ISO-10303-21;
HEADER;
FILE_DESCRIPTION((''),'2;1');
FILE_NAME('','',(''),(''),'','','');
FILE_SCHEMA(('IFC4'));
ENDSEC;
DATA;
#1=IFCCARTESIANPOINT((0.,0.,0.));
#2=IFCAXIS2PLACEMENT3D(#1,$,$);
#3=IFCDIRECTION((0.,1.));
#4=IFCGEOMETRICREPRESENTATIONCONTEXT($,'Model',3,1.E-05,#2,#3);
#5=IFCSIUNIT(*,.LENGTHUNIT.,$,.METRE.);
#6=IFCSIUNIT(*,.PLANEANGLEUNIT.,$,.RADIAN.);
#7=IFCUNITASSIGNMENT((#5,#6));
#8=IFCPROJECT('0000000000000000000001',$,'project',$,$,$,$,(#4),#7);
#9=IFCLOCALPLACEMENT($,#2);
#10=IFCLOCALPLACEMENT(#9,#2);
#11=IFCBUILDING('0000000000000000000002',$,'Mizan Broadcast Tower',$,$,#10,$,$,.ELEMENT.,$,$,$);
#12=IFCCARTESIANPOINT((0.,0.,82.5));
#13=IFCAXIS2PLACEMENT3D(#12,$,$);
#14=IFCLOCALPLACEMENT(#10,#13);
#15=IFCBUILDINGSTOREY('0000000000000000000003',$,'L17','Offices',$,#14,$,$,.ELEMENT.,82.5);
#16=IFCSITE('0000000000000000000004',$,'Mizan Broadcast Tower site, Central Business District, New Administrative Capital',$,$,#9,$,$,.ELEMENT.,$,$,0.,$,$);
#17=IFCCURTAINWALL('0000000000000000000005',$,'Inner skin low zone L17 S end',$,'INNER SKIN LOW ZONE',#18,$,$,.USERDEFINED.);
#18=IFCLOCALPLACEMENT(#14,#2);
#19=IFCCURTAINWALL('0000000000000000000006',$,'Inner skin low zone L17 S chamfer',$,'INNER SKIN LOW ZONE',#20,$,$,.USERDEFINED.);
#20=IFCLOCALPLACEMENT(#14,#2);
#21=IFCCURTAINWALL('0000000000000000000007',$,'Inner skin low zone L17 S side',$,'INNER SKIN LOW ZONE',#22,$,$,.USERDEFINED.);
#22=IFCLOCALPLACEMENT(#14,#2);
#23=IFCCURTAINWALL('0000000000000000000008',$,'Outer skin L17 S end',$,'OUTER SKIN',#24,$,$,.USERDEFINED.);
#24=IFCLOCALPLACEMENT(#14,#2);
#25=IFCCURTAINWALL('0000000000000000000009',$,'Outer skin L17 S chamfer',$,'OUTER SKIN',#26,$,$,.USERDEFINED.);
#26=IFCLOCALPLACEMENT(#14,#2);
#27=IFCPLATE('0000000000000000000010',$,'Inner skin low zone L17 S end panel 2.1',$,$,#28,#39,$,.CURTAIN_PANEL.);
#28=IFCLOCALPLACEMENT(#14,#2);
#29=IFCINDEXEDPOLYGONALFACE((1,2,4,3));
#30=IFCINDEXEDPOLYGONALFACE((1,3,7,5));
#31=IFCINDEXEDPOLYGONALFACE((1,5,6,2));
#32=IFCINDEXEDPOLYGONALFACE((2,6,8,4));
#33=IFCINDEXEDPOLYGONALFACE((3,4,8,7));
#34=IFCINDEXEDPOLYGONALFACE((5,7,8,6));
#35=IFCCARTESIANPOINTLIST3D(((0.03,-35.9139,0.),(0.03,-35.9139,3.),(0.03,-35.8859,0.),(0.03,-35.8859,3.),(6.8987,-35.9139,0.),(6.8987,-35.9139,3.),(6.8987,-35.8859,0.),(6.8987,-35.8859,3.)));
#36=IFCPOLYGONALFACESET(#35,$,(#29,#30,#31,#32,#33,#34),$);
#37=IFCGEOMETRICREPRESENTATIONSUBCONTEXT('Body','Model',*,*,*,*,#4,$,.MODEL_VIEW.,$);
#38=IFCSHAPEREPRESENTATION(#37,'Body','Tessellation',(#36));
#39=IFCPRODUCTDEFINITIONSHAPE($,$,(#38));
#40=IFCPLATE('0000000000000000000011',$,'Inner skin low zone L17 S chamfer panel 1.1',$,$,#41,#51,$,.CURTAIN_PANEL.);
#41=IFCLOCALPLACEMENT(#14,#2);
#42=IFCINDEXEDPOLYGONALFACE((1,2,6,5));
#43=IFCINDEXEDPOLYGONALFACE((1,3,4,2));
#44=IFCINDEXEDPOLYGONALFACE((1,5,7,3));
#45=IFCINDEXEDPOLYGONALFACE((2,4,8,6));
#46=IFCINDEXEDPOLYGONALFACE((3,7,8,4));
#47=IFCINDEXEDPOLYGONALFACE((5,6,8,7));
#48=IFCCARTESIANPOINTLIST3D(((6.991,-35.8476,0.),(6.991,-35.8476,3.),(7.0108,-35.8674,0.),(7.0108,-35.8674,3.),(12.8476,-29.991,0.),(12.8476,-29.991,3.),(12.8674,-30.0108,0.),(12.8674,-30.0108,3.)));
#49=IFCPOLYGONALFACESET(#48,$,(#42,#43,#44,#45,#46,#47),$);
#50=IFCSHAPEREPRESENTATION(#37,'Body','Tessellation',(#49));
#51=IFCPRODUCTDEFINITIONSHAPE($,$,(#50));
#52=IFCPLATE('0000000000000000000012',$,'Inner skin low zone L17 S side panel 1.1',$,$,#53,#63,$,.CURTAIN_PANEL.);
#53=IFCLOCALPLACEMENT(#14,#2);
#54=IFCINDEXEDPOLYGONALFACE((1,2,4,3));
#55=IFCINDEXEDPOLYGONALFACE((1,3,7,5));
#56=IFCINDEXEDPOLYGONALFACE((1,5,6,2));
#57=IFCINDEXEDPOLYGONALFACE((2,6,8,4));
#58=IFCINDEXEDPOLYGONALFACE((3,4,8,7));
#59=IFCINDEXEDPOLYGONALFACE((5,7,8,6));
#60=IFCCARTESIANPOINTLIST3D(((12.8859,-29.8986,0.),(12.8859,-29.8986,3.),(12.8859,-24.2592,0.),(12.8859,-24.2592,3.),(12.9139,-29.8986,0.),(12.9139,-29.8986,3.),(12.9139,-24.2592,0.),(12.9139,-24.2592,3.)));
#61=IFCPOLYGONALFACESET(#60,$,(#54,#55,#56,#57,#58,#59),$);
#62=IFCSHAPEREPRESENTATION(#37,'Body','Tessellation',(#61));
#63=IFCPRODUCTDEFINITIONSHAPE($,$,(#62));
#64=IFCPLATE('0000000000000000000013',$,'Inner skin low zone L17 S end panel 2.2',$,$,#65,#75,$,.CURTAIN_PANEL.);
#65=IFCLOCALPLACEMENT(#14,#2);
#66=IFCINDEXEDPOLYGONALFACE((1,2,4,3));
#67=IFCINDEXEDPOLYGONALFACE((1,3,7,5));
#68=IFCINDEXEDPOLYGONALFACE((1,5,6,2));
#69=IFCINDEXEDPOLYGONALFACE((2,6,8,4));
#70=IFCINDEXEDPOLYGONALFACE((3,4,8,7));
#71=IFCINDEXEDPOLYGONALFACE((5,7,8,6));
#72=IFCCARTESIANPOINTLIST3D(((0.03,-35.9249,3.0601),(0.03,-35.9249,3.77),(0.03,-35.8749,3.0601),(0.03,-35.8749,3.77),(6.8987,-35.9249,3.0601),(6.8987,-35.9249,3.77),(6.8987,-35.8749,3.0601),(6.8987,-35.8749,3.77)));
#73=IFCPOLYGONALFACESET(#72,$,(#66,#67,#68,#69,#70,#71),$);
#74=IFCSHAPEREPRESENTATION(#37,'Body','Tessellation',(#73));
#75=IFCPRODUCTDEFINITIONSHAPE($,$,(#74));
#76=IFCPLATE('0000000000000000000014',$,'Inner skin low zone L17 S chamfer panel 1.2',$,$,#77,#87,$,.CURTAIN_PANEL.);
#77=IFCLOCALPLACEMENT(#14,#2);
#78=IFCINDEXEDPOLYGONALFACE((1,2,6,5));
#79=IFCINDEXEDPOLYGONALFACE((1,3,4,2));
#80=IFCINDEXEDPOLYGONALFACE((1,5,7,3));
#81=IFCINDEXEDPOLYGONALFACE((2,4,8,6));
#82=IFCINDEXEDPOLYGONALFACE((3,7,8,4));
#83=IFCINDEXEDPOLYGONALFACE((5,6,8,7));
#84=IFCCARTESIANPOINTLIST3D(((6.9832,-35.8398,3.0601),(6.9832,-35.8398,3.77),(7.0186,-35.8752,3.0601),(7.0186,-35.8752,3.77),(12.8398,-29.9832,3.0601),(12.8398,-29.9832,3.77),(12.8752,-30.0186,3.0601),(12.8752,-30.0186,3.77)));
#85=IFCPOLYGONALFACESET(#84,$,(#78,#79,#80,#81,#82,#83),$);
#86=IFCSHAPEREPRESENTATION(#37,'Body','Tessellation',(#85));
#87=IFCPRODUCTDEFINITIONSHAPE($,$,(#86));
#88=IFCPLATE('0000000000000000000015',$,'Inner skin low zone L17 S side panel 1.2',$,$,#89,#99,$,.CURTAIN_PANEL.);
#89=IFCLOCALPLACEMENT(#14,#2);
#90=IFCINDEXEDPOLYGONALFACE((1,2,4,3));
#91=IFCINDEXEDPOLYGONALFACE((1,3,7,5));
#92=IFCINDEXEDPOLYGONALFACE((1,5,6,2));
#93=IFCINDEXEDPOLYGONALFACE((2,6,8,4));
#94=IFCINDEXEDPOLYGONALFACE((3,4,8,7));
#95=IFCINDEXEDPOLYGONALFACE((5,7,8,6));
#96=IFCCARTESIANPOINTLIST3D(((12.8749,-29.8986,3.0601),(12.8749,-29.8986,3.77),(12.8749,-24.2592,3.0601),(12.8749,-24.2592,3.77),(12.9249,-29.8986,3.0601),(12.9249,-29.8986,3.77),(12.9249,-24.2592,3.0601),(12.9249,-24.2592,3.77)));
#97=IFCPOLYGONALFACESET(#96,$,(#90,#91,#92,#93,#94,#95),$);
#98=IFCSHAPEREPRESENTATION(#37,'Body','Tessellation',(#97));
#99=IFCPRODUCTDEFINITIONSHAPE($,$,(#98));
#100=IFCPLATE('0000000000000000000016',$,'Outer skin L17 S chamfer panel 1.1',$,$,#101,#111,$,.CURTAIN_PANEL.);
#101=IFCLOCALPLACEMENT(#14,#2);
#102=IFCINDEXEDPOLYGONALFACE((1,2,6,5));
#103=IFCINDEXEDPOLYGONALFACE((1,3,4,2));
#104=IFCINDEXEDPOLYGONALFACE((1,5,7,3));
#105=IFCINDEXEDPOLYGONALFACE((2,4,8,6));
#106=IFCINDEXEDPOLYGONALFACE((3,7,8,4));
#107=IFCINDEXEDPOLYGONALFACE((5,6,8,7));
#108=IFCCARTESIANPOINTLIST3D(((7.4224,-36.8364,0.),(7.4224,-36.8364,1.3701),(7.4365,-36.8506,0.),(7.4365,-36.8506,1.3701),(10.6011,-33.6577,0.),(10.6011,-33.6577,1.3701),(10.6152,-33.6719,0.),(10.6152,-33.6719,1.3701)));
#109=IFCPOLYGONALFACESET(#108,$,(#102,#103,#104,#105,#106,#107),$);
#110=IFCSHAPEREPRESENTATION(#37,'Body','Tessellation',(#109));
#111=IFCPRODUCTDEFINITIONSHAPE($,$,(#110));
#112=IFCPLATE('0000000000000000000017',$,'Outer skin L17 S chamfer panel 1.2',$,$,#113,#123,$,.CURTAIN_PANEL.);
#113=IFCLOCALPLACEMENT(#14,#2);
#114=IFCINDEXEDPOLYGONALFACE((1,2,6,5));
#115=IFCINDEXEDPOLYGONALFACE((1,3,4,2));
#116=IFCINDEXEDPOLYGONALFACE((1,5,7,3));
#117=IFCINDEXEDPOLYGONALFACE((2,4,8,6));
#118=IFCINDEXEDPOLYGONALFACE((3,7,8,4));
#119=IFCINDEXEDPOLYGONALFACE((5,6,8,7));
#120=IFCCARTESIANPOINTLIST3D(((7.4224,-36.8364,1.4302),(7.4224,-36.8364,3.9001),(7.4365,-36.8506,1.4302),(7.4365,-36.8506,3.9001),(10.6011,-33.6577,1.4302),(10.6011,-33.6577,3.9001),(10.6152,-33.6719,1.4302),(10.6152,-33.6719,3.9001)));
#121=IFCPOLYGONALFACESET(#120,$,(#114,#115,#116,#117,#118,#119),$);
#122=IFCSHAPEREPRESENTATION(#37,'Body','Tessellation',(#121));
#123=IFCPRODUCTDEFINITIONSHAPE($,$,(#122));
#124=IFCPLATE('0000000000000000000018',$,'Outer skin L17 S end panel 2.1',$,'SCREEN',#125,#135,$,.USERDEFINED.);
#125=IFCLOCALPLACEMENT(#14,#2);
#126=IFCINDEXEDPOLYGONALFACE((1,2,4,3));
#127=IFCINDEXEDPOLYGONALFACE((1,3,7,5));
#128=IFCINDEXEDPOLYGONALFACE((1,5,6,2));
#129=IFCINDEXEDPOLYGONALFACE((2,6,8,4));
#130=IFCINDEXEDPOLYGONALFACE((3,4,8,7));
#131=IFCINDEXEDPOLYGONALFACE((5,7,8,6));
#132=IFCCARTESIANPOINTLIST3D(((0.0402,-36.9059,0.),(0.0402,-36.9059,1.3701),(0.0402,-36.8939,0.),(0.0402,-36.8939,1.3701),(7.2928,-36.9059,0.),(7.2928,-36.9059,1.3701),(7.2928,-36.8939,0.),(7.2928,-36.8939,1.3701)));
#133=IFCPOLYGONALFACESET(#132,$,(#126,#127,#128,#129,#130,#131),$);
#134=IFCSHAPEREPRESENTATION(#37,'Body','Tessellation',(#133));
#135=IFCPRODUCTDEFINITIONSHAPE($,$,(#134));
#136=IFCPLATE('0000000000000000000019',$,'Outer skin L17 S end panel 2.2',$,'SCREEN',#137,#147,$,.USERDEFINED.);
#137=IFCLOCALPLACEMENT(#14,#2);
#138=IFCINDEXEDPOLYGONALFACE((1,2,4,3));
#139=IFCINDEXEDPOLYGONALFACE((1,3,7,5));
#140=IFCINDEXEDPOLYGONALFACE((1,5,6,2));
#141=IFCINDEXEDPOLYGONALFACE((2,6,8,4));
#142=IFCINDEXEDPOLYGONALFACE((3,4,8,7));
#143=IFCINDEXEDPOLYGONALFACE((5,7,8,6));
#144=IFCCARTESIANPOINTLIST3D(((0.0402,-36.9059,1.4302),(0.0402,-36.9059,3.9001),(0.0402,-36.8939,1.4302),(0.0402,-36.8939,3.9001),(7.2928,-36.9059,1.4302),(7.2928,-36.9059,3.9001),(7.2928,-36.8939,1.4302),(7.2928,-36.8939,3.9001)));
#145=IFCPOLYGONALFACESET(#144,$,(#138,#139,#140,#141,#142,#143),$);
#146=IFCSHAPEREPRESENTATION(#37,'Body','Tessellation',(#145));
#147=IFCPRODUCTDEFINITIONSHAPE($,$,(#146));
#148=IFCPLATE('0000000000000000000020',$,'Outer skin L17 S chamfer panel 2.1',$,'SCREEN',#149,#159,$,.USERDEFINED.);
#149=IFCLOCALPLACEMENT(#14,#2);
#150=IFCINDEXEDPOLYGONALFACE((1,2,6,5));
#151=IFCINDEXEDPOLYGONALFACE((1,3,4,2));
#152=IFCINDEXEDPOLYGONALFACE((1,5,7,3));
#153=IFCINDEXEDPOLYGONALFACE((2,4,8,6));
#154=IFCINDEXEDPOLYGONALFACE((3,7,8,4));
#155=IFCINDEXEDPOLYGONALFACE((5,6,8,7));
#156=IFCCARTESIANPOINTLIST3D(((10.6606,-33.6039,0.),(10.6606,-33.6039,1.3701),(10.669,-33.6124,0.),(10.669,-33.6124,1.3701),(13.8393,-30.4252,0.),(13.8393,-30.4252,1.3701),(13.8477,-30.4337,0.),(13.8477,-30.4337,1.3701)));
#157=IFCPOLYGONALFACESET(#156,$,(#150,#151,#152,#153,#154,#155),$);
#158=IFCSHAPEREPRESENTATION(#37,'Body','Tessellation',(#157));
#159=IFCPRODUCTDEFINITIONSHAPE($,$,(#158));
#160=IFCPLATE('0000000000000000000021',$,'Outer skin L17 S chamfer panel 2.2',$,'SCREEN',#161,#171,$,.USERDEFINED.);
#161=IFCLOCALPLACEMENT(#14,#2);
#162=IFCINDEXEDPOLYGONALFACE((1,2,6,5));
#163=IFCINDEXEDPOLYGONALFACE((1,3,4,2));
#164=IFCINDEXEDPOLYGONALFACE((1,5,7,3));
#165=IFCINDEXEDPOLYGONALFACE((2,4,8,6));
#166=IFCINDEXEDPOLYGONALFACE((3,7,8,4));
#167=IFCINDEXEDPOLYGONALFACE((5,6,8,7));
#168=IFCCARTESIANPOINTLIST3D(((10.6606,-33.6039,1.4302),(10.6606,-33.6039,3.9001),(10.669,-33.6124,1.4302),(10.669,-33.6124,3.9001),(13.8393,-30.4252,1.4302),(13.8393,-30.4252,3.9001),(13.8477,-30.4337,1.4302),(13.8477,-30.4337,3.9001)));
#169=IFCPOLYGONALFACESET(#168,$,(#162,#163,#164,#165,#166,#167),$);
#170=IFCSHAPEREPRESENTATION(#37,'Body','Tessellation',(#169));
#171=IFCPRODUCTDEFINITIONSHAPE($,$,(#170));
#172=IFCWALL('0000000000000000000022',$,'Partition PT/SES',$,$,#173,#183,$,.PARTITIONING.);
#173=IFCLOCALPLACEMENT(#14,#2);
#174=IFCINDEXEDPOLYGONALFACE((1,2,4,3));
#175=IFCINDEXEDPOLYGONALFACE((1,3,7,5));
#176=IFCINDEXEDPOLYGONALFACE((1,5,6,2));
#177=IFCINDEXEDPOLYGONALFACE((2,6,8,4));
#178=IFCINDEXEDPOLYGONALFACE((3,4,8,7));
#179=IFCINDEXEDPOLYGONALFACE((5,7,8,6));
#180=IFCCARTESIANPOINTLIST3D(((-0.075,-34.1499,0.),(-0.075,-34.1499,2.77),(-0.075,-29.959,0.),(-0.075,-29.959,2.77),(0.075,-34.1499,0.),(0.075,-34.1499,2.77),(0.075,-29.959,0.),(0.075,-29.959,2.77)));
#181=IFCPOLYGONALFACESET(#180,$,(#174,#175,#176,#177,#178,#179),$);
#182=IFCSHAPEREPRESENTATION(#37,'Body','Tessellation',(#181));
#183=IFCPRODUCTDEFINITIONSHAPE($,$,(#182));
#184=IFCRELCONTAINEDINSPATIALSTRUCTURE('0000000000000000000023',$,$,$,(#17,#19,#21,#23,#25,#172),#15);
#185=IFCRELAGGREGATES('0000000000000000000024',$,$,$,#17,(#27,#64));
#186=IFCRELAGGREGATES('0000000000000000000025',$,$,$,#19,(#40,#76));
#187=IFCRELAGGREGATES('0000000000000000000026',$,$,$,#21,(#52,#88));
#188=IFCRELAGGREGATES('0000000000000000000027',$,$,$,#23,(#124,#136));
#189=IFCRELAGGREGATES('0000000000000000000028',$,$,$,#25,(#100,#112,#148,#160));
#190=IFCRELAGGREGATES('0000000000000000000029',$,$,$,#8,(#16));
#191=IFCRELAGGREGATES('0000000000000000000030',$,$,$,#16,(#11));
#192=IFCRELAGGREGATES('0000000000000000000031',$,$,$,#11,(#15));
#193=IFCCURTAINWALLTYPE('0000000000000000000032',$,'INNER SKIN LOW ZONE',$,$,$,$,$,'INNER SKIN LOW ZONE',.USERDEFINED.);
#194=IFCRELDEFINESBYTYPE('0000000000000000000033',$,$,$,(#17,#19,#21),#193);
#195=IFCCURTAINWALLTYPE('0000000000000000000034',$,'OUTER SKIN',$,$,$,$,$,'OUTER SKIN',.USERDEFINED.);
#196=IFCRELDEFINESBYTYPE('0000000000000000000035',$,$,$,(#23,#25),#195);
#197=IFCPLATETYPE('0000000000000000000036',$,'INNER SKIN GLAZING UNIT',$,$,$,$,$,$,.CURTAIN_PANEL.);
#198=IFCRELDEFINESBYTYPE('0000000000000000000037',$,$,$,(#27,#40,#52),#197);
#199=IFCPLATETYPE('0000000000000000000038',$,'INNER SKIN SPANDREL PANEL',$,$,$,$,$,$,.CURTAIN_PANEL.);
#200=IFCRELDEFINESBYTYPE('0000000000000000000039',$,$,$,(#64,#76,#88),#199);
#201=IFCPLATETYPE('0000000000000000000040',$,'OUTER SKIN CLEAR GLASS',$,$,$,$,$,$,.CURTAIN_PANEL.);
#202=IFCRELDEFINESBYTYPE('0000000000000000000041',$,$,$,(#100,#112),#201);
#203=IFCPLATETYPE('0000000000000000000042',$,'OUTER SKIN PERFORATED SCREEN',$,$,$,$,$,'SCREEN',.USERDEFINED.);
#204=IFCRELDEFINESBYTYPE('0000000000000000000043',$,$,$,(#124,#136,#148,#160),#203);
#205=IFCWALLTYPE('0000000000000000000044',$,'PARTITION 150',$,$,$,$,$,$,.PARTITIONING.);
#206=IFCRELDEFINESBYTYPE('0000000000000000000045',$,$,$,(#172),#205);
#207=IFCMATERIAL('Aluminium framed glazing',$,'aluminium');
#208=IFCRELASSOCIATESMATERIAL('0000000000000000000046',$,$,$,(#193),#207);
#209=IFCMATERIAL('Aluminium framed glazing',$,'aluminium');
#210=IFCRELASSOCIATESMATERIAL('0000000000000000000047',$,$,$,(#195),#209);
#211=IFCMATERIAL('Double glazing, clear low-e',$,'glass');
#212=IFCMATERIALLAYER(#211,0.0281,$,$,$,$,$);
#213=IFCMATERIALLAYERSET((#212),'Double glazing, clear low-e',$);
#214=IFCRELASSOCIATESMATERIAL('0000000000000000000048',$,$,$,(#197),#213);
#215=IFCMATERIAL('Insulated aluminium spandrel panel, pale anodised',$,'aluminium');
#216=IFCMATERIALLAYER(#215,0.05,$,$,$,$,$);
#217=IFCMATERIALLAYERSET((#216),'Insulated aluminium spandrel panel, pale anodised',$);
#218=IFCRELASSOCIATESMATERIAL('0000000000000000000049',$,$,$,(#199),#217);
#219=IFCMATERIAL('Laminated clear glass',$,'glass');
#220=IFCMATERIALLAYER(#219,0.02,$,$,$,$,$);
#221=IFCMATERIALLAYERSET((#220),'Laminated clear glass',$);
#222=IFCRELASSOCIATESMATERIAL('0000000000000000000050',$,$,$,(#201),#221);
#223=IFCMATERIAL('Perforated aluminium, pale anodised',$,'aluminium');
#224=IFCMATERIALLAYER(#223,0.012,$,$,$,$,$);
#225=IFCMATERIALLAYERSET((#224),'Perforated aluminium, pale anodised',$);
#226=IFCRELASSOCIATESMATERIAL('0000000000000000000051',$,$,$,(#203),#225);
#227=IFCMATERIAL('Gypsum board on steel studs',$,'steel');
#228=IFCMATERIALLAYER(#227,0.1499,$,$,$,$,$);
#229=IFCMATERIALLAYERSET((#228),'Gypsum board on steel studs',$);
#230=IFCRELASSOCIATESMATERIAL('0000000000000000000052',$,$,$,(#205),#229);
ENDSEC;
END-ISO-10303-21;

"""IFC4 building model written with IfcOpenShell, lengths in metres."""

from ifc_helpers import new_model, si_unit, direction, frame, frame_2d, origin, origin_2d, place, context, subcontext, project, spatial, rectangle, extrude, material, layer, layer_set, type_object, element, aggregate, save


model = new_model("IFC4")

# Units and contexts
model_context = context("Model", 3, precision=1e-05, world=origin(), true_north=direction((0.0, 1.0)))
body_context = subcontext(model_context, "Body", "Model", "MODEL_VIEW")
ifc_project = project(units=[si_unit("LENGTHUNIT", "METRE"), si_unit("PLANEANGLEUNIT", "RADIAN")], contexts=[model_context])

# Site, building, storey
site_placement = place(None, origin())
site = spatial("IfcSite", under=ifc_project, at=site_placement, Name="Mizan Broadcast Tower site, Central Business District, New Administrative Capital", CompositionType="ELEMENT", RefElevation=0.0)
building_placement = place(site_placement, origin())
building = spatial("IfcBuilding", under=site, at=building_placement, Name="Mizan Broadcast Tower", CompositionType="ELEMENT")
storey_placement = place(building_placement, frame((0.0, 0.0, 82.5)))
storey = spatial("IfcBuildingStorey", under=building, at=storey_placement, Name="L17", Description="Offices", CompositionType="ELEMENT", Elevation=82.5)

# Curtain wall
ifc_material_1 = material(Name="Aluminium framed glazing", Category="aluminium")
curtain_wall_type_1 = type_object("IfcCurtainWallType", Name="INNER SKIN LOW ZONE", ElementType="INNER SKIN LOW ZONE", PredefinedType="USERDEFINED", material=ifc_material_1)
curtain_wall_1_placement = place(storey_placement, origin())
curtain_wall_1 = element("IfcCurtainWall", 1, at=curtain_wall_1_placement, inside=storey, type_object=curtain_wall_type_1, Name="Inner skin low zone L17 S end", ObjectType="INNER SKIN LOW ZONE", PredefinedType="USERDEFINED")

# Curtain walls
curtain_wall_2_placement = place(storey_placement, origin())
curtain_wall_2 = element("IfcCurtainWall", 2, at=curtain_wall_2_placement, inside=storey, type_object=curtain_wall_type_1, Name="Inner skin low zone L17 S chamfer", ObjectType="INNER SKIN LOW ZONE", PredefinedType="USERDEFINED")
curtain_wall_3_placement = place(storey_placement, origin())
curtain_wall_3 = element("IfcCurtainWall", 3, at=curtain_wall_3_placement, inside=storey, type_object=curtain_wall_type_1, Name="Inner skin low zone L17 S side", ObjectType="INNER SKIN LOW ZONE", PredefinedType="USERDEFINED")

# Curtain wall
ifc_material_2 = material(Name="Aluminium framed glazing", Category="aluminium")
curtain_wall_type_2 = type_object("IfcCurtainWallType", Name="OUTER SKIN", ElementType="OUTER SKIN", PredefinedType="USERDEFINED", material=ifc_material_2)
curtain_wall_4_placement = place(storey_placement, origin())
curtain_wall_4 = element("IfcCurtainWall", 4, at=curtain_wall_4_placement, inside=storey, type_object=curtain_wall_type_2, Name="Outer skin L17 S end", ObjectType="OUTER SKIN", PredefinedType="USERDEFINED")

# Curtain wall
curtain_wall_5_placement = place(storey_placement, origin())
curtain_wall_5 = element("IfcCurtainWall", 5, at=curtain_wall_5_placement, inside=storey, type_object=curtain_wall_type_2, Name="Outer skin L17 S chamfer", ObjectType="OUTER SKIN", PredefinedType="USERDEFINED")

# Plates
ifc_material_3 = material(Name="Double glazing, clear low-e", Category="glass")
ifc_layer_1 = layer(ifc_material_3, 0.0281)
ifc_layer_set_1 = layer_set([ifc_layer_1], Name="Double glazing, clear low-e")
plate_type_1 = type_object("IfcPlateType", Name="INNER SKIN GLAZING UNIT", PredefinedType="CURTAIN_PANEL", material=ifc_layer_set_1)
plate_1_placement = place(storey_placement, frame((3.4644, -35.8999, 0.0), z_axis=(0.0, 0.0, 1.0), x_axis=(1.0, 0.0, 0.0)))
plate_1 = element("IfcPlate", 6, at=plate_1_placement, type_object=plate_type_1, Name="Inner skin low zone L17 S end panel 2.1", PredefinedType="CURTAIN_PANEL", context=body_context, shape_type="SweptSolid", body=[
    extrude(rectangle(XDim=6.8687, YDim=0.0281, at=origin_2d()), origin(), (0.0, 0.0, 1.0), 3.0),
])
plate_2_placement = place(storey_placement, frame((9.9292, -32.9292, 0.0), z_axis=(0.0, 0.0, 1.0), x_axis=(0.707107, 0.707107, 0.0)))
plate_2 = element("IfcPlate", 7, at=plate_2_placement, type_object=plate_type_1, Name="Inner skin low zone L17 S chamfer panel 1.1", PredefinedType="CURTAIN_PANEL", context=body_context, shape_type="SweptSolid", body=[
    extrude(rectangle(XDim=8.2825, YDim=0.0281, at=origin_2d()), origin(), (0.0, 0.0, 1.0), 3.0),
])
plate_3_placement = place(storey_placement, frame((12.8999, -27.0789, 0.0), z_axis=(0.0, 0.0, 1.0), x_axis=(0.0, 1.0, 0.0)))
plate_3 = element("IfcPlate", 8, at=plate_3_placement, type_object=plate_type_1, Name="Inner skin low zone L17 S side panel 1.1", PredefinedType="CURTAIN_PANEL", context=body_context, shape_type="SweptSolid", body=[
    extrude(rectangle(XDim=5.6394, YDim=0.0281, at=origin_2d()), origin(), (0.0, 0.0, 1.0), 3.0),
])
ifc_material_4 = material(Name="Insulated aluminium spandrel panel, pale anodised", Category="aluminium")
ifc_layer_2 = layer(ifc_material_4, 0.05)
ifc_layer_set_2 = layer_set([ifc_layer_2], Name="Insulated aluminium spandrel panel, pale anodised")
plate_type_2 = type_object("IfcPlateType", Name="INNER SKIN SPANDREL PANEL", PredefinedType="CURTAIN_PANEL", material=ifc_layer_set_2)
plate_4_placement = place(storey_placement, frame((3.4644, -35.8999, 3.0601), z_axis=(0.0, 0.0, 1.0), x_axis=(1.0, 0.0, 0.0)))
plate_4 = element("IfcPlate", 9, at=plate_4_placement, type_object=plate_type_2, Name="Inner skin low zone L17 S end panel 2.2", PredefinedType="CURTAIN_PANEL", context=body_context, shape_type="SweptSolid", body=[
    extrude(rectangle(XDim=6.8687, YDim=0.05, at=origin_2d()), origin(), (0.0, 0.0, 1.0), 0.71),
])
aggregate(curtain_wall_1, [plate_1, plate_4])
plate_5_placement = place(storey_placement, frame((9.9292, -32.9292, 3.0601), z_axis=(0.0, 0.0, 1.0), x_axis=(0.707107, 0.707107, 0.0)))
plate_5 = element("IfcPlate", 10, at=plate_5_placement, type_object=plate_type_2, Name="Inner skin low zone L17 S chamfer panel 1.2", PredefinedType="CURTAIN_PANEL", context=body_context, shape_type="SweptSolid", body=[
    extrude(rectangle(XDim=8.2825, YDim=0.05, at=origin_2d()), origin(), (0.0, 0.0, 1.0), 0.71),
])
aggregate(curtain_wall_2, [plate_2, plate_5])
plate_6_placement = place(storey_placement, frame((12.8999, -27.0789, 3.0601), z_axis=(0.0, 0.0, 1.0), x_axis=(0.0, 1.0, 0.0)))
plate_6 = element("IfcPlate", 11, at=plate_6_placement, type_object=plate_type_2, Name="Inner skin low zone L17 S side panel 1.2", PredefinedType="CURTAIN_PANEL", context=body_context, shape_type="SweptSolid", body=[
    extrude(rectangle(XDim=5.6394, YDim=0.05, at=origin_2d()), origin(), (0.0, 0.0, 1.0), 0.71),
])
aggregate(curtain_wall_3, [plate_3, plate_6])
ifc_material_5 = material(Name="Laminated clear glass", Category="glass")
ifc_layer_3 = layer(ifc_material_5, 0.02)
ifc_layer_set_3 = layer_set([ifc_layer_3], Name="Laminated clear glass")
plate_type_3 = type_object("IfcPlateType", Name="OUTER SKIN CLEAR GLASS", PredefinedType="CURTAIN_PANEL", material=ifc_layer_set_3)
plate_7_placement = place(storey_placement, frame((9.0188, -35.2542, 0.0), z_axis=(0.0, 0.0, 1.0), x_axis=(0.707107, 0.707107, 0.0)))
plate_7 = element("IfcPlate", 12, at=plate_7_placement, type_object=plate_type_3, Name="Outer skin L17 S chamfer panel 1.1", PredefinedType="CURTAIN_PANEL", context=body_context, shape_type="SweptSolid", body=[
    extrude(rectangle(XDim=4.4954, YDim=0.02, at=origin_2d()), origin(), (0.0, 0.0, 1.0), 1.3701),
])
plate_8_placement = place(storey_placement, frame((9.0188, -35.2542, 1.4302), z_axis=(0.0, 0.0, 1.0), x_axis=(0.707107, 0.707107, 0.0)))
plate_8 = element("IfcPlate", 13, at=plate_8_placement, type_object=plate_type_3, Name="Outer skin L17 S chamfer panel 1.2", PredefinedType="CURTAIN_PANEL", context=body_context, shape_type="SweptSolid", body=[
    extrude(rectangle(XDim=4.4954, YDim=0.02, at=origin_2d()), origin(), (0.0, 0.0, 1.0), 2.47),
])
ifc_material_6 = material(Name="Perforated aluminium, pale anodised", Category="aluminium")
ifc_layer_4 = layer(ifc_material_6, 0.012)
ifc_layer_set_4 = layer_set([ifc_layer_4], Name="Perforated aluminium, pale anodised")
plate_type_4 = type_object("IfcPlateType", Name="OUTER SKIN PERFORATED SCREEN", ElementType="SCREEN", PredefinedType="USERDEFINED", material=ifc_layer_set_4)
plate_9_placement = place(storey_placement, frame((3.6665, -36.8999, 0.0), z_axis=(0.0, 0.0, 1.0), x_axis=(1.0, 0.0, 0.0)))
plate_9 = element("IfcPlate", 14, at=plate_9_placement, type_object=plate_type_4, Name="Outer skin L17 S end panel 2.1", ObjectType="SCREEN", PredefinedType="USERDEFINED", context=body_context, shape_type="SweptSolid", body=[
    extrude(rectangle(XDim=7.2527, YDim=0.012, at=origin_2d()), origin(), (0.0, 0.0, 1.0), 1.3701),
])
plate_10_placement = place(storey_placement, frame((3.6665, -36.8999, 1.4302), z_axis=(0.0, 0.0, 1.0), x_axis=(1.0, 0.0, 0.0)))
plate_10 = element("IfcPlate", 15, at=plate_10_placement, type_object=plate_type_4, Name="Outer skin L17 S end panel 2.2", ObjectType="SCREEN", PredefinedType="USERDEFINED", context=body_context, shape_type="SweptSolid", body=[
    extrude(rectangle(XDim=7.2527, YDim=0.012, at=origin_2d()), origin(), (0.0, 0.0, 1.0), 2.47),
])
aggregate(curtain_wall_4, [plate_9, plate_10])
plate_11_placement = place(storey_placement, frame((12.2542, -32.0188, 0.0), z_axis=(0.0, 0.0, 1.0), x_axis=(0.707107, 0.707107, 0.0)))
plate_11 = element("IfcPlate", 16, at=plate_11_placement, type_object=plate_type_4, Name="Outer skin L17 S chamfer panel 2.1", ObjectType="SCREEN", PredefinedType="USERDEFINED", context=body_context, shape_type="SweptSolid", body=[
    extrude(rectangle(XDim=4.4954, YDim=0.012, at=origin_2d()), origin(), (0.0, 0.0, 1.0), 1.3701),
])
plate_12_placement = place(storey_placement, frame((12.2542, -32.0188, 1.4302), z_axis=(0.0, 0.0, 1.0), x_axis=(0.707107, 0.707107, 0.0)))
plate_12 = element("IfcPlate", 17, at=plate_12_placement, type_object=plate_type_4, Name="Outer skin L17 S chamfer panel 2.2", ObjectType="SCREEN", PredefinedType="USERDEFINED", context=body_context, shape_type="SweptSolid", body=[
    extrude(rectangle(XDim=4.4954, YDim=0.012, at=origin_2d()), origin(), (0.0, 0.0, 1.0), 2.47),
])
aggregate(curtain_wall_5, [plate_7, plate_8, plate_11, plate_12])

# Wall
ifc_material_7 = material(Name="Gypsum board on steel studs", Category="steel")
ifc_layer_5 = layer(ifc_material_7, 0.1499)
ifc_layer_set_5 = layer_set([ifc_layer_5], Name="Gypsum board on steel studs")
wall_type = type_object("IfcWallType", Name="PARTITION 150", PredefinedType="PARTITIONING", material=ifc_layer_set_5)
wall_placement = place(storey_placement, frame((0.0, -29.959, 0.0), z_axis=(0.0, 0.0, 1.0), x_axis=(0.0, -1.0, 0.0)))
element("IfcWall", 18, at=wall_placement, inside=storey, type_object=wall_type, Name="Partition PT/SES", PredefinedType="PARTITIONING", context=body_context, shape_type="SweptSolid", body=[
    extrude(rectangle(XDim=4.1909, YDim=0.1499, at=frame_2d((2.0955, 0.0))), origin(), (0.0, 0.0, 1.0), 2.77),
])

save(model, "model.ifc")
